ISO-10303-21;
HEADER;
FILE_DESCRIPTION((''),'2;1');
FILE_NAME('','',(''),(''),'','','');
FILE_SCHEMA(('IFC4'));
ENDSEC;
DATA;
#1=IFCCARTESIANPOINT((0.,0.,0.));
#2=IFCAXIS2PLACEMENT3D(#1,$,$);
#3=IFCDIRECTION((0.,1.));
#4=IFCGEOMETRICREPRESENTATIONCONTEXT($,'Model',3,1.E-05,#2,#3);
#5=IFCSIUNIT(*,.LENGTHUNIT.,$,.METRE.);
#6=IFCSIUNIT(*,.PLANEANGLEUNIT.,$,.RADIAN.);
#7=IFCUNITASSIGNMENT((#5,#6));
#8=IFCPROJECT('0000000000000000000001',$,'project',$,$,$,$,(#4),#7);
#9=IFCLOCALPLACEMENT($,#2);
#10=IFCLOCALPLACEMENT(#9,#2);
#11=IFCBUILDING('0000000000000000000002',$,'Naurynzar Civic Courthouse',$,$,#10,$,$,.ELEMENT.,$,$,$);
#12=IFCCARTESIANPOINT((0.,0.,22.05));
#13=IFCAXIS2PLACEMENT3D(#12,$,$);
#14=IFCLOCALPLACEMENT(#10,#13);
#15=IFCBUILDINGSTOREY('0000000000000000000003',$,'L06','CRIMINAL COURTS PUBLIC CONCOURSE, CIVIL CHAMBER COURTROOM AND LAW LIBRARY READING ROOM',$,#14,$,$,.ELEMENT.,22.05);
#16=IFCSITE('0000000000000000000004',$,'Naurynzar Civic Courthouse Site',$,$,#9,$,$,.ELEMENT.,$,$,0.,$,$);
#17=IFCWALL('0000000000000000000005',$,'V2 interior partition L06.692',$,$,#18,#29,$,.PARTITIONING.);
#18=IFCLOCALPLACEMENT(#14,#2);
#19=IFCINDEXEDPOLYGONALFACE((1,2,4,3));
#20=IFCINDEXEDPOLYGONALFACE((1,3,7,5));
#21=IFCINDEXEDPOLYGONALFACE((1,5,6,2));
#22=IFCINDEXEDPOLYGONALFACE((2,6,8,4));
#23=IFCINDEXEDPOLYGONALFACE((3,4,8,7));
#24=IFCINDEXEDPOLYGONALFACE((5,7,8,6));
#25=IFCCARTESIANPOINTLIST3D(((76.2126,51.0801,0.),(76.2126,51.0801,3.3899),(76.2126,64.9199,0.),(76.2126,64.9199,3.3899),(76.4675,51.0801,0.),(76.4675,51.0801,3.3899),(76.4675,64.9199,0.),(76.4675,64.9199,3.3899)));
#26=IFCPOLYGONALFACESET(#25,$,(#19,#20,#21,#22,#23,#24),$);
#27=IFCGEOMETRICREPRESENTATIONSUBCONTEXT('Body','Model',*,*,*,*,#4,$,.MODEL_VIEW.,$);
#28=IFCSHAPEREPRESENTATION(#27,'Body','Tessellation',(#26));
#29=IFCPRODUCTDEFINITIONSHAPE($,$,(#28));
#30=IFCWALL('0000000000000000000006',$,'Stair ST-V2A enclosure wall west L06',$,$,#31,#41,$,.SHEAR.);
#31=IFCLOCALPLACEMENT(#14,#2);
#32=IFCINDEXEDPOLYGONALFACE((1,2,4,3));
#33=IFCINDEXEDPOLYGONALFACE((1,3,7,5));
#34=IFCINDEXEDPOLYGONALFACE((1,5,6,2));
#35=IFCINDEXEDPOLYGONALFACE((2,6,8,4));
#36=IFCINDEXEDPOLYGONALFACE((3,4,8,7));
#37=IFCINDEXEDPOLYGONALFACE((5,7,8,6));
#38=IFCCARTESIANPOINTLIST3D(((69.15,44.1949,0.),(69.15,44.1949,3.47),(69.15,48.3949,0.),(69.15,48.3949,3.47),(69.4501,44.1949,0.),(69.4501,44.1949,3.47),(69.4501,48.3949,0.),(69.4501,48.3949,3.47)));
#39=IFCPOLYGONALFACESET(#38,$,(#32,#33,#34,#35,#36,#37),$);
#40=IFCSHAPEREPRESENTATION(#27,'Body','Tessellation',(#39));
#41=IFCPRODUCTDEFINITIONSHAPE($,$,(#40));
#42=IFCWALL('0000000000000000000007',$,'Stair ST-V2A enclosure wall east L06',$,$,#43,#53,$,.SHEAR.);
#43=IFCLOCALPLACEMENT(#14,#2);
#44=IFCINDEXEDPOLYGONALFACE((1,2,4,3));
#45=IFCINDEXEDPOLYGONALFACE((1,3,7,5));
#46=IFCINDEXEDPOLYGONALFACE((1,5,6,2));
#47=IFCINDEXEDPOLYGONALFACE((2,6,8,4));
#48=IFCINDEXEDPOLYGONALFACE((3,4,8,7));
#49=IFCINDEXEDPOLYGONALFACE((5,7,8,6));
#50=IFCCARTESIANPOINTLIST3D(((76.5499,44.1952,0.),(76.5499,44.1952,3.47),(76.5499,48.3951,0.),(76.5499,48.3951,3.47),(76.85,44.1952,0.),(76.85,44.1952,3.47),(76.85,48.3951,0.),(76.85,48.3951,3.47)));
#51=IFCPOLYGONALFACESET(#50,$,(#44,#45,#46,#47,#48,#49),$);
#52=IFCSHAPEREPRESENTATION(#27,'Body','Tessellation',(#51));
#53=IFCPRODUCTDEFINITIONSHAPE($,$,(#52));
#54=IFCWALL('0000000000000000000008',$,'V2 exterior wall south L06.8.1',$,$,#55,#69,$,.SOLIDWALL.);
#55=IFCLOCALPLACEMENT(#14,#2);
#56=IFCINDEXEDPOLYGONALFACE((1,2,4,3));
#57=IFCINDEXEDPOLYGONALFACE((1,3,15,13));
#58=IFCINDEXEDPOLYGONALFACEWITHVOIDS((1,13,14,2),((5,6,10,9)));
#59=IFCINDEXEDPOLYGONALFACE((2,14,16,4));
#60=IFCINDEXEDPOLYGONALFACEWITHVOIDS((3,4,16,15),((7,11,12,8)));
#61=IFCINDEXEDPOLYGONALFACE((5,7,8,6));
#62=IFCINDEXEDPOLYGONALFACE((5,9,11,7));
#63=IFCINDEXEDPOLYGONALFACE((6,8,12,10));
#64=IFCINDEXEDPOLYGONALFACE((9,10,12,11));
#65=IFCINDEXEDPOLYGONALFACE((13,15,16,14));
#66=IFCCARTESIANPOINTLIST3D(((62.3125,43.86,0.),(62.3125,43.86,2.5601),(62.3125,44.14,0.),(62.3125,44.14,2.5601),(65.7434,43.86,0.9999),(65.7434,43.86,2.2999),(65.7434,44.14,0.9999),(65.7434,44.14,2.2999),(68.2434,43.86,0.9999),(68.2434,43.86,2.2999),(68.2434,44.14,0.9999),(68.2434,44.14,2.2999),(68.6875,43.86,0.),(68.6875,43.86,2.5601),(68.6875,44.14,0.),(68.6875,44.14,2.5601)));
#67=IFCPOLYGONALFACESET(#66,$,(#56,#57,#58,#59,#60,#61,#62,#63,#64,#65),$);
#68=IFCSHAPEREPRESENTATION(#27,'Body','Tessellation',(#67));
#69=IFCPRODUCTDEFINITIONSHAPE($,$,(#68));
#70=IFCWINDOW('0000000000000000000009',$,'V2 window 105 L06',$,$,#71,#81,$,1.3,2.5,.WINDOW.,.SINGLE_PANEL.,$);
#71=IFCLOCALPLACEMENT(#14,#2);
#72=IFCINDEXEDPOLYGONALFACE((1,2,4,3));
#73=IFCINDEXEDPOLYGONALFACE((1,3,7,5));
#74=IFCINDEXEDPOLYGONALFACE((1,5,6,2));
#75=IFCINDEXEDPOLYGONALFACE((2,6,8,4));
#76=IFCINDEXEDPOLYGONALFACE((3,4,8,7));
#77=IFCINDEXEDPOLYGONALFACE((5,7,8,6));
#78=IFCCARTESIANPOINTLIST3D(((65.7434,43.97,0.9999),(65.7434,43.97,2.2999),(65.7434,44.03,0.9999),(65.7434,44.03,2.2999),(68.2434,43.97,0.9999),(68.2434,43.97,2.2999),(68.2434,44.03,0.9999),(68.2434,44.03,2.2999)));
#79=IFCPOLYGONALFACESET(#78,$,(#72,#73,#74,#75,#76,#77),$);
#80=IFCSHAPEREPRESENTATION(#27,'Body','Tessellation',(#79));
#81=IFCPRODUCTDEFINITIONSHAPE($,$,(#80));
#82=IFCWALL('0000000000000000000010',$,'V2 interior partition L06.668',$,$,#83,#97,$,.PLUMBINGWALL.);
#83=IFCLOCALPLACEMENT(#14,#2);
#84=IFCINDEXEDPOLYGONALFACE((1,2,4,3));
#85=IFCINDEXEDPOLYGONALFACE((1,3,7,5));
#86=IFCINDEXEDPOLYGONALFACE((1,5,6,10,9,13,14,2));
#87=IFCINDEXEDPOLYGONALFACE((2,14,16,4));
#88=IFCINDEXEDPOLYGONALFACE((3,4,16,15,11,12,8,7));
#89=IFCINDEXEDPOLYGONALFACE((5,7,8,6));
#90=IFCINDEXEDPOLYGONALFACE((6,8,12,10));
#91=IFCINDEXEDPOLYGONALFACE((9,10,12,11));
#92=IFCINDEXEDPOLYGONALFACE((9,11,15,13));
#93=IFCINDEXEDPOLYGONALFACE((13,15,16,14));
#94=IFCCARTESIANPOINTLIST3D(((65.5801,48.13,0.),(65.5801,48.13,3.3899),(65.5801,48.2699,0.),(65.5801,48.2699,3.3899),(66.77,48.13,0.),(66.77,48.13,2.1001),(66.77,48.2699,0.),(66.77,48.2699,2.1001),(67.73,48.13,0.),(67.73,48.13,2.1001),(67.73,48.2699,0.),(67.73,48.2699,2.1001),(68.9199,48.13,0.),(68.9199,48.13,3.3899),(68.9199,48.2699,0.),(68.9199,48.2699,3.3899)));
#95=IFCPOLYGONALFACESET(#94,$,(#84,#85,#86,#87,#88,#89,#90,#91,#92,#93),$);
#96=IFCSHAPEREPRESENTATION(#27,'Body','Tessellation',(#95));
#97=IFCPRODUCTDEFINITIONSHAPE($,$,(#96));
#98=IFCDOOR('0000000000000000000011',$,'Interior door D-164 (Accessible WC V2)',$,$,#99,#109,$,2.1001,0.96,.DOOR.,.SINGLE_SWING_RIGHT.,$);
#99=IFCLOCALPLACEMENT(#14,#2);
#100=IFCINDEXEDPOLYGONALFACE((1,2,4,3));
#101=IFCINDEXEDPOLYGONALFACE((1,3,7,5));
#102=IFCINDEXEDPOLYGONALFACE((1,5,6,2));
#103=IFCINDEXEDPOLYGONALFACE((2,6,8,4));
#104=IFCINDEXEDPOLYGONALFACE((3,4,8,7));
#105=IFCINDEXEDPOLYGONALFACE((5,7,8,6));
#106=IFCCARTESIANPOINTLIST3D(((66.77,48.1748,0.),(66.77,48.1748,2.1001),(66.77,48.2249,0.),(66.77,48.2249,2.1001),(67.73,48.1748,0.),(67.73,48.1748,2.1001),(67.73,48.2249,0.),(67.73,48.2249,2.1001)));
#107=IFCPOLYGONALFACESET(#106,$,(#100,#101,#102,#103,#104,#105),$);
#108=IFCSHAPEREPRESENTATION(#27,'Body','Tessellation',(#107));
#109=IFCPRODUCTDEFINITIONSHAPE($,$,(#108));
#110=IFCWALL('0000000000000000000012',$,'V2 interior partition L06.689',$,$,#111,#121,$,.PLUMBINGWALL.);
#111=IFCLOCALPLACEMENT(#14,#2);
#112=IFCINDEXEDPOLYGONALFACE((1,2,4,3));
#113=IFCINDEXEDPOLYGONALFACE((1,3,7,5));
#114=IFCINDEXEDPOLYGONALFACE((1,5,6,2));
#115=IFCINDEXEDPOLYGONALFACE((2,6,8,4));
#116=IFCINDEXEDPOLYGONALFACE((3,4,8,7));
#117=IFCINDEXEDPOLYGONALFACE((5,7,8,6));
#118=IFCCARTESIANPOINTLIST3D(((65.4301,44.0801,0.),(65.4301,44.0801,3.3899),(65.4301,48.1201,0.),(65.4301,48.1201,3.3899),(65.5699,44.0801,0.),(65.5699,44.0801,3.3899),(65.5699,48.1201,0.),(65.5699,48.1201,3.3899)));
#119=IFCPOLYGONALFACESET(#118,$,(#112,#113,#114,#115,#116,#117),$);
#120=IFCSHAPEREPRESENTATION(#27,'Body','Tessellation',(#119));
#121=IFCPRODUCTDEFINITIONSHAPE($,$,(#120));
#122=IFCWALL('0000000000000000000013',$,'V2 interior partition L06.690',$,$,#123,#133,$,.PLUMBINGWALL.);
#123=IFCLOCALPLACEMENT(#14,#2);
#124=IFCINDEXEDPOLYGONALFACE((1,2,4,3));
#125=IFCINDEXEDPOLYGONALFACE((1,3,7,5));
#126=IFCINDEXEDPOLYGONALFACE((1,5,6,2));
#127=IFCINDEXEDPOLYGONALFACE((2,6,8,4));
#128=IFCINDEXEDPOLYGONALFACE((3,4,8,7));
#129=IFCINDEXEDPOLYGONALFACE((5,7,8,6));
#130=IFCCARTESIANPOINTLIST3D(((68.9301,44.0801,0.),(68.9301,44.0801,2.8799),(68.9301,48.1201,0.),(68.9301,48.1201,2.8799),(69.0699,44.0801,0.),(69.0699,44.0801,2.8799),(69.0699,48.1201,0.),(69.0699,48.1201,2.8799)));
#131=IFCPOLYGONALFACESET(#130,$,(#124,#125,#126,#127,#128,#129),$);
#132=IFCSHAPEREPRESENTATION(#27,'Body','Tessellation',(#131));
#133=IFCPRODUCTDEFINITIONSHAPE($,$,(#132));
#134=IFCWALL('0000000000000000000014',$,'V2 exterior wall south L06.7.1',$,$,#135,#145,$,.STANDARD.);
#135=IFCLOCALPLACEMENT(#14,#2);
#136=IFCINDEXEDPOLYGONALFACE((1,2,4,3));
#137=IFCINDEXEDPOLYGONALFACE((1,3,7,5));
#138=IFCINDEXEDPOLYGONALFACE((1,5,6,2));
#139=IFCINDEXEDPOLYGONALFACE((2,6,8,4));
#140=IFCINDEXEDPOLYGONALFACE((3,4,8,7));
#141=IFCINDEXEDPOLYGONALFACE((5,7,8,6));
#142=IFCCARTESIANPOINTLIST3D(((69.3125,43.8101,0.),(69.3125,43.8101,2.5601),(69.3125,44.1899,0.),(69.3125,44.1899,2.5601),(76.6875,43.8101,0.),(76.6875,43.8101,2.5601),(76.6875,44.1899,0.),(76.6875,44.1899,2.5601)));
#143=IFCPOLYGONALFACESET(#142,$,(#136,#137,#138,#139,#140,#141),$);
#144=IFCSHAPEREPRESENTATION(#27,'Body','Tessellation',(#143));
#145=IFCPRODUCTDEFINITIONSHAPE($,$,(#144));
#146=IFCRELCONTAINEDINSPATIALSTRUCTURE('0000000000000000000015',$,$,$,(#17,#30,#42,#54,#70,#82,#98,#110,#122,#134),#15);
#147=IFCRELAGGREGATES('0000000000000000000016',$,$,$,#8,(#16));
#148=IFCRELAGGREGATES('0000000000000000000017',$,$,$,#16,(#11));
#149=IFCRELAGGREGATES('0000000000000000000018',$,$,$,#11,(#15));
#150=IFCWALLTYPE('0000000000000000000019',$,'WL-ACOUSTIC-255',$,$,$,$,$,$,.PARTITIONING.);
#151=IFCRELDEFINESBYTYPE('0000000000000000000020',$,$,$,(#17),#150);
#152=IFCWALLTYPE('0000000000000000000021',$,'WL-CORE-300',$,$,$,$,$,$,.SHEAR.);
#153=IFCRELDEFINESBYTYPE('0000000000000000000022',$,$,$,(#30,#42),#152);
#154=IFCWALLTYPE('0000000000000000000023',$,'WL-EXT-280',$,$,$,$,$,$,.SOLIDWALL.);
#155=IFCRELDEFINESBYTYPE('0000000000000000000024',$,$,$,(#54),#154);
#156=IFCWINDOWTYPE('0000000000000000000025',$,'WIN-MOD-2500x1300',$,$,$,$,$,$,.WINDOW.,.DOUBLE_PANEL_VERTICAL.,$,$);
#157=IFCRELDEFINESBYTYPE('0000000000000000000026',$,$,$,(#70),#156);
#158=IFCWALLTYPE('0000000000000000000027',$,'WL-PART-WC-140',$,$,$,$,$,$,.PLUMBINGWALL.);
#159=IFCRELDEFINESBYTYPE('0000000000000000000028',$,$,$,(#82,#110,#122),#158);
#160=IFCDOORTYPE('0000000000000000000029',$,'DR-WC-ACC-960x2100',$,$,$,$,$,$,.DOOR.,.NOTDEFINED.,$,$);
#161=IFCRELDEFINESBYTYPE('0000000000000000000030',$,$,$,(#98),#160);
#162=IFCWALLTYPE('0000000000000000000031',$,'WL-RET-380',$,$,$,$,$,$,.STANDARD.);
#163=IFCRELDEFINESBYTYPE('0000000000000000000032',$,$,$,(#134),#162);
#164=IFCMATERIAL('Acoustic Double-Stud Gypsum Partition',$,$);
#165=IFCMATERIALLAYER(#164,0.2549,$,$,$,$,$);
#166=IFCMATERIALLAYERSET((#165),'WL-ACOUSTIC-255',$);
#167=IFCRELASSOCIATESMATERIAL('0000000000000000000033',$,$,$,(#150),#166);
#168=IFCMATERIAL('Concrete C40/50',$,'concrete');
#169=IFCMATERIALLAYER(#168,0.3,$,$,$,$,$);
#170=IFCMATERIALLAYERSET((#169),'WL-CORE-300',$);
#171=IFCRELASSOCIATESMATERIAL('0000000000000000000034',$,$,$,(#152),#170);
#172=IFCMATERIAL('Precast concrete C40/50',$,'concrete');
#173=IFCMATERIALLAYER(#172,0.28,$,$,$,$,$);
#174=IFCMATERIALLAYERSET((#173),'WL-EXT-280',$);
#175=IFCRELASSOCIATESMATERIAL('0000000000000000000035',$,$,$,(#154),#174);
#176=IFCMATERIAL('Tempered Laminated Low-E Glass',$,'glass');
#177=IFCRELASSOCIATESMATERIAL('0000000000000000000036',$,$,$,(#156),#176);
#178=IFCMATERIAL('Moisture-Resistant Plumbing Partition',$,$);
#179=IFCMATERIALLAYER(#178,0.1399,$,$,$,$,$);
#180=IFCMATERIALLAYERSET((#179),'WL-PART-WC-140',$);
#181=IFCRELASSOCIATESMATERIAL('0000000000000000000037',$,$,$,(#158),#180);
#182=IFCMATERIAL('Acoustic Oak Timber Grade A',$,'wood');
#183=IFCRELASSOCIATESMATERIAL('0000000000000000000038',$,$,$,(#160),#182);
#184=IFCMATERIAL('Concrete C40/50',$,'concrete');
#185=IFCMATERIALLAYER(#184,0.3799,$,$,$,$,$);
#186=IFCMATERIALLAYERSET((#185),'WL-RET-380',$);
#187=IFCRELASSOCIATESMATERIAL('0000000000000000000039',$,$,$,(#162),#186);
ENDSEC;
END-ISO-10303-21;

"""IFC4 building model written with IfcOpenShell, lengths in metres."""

from ifc_helpers import new_model, si_unit, direction, frame, frame_2d, origin, place, context, subcontext, project, spatial, rectangle, extrude, material, layer, layer_set, type_object, element, fill, save


model = new_model("IFC4")

# Units and contexts
model_context = context("Model", 3, precision=1e-05, world=origin(), true_north=direction((0.0, 1.0)))
body_context = subcontext(model_context, "Body", "Model", "MODEL_VIEW")
ifc_project = project(units=[si_unit("LENGTHUNIT", "METRE"), si_unit("PLANEANGLEUNIT", "RADIAN")], contexts=[model_context])

# Site, building, storey
site_placement = place(None, origin())
site = spatial("IfcSite", under=ifc_project, at=site_placement, Name="Naurynzar Civic Courthouse Site", CompositionType="ELEMENT", RefElevation=0.0)
building_placement = place(site_placement, origin())
building = spatial("IfcBuilding", under=site, at=building_placement, Name="Naurynzar Civic Courthouse", CompositionType="ELEMENT")
storey_placement = place(building_placement, frame((0.0, 0.0, 22.05)))
storey = spatial("IfcBuildingStorey", under=building, at=storey_placement, Name="L06", Description="CRIMINAL COURTS PUBLIC CONCOURSE, CIVIL CHAMBER COURTROOM AND LAW LIBRARY READING ROOM", CompositionType="ELEMENT", Elevation=22.05)

# Wall
ifc_material_1 = material(Name="Acoustic Double-Stud Gypsum Partition")
ifc_layer_1 = layer(ifc_material_1, 0.2549)
ifc_layer_set_1 = layer_set([ifc_layer_1], Name="WL-ACOUSTIC-255")
wall_type_1 = type_object("IfcWallType", Name="WL-ACOUSTIC-255", PredefinedType="PARTITIONING", material=ifc_layer_set_1)
wall_1_placement = place(storey_placement, frame((76.3401, 51.0801, 0.0), z_axis=(0.0, 0.0, 1.0), x_axis=(0.0, 1.0, 0.0)))
element("IfcWall", 1, at=wall_1_placement, inside=storey, type_object=wall_type_1, Name="V2 interior partition L06.692", PredefinedType="PARTITIONING", context=body_context, shape_type="SweptSolid", body=[
    extrude(rectangle(XDim=13.8398, YDim=0.2549, at=frame_2d((6.9199, 0.0))), origin(), (0.0, 0.0, 1.0), 3.3899),
])

# Shared definitions
ifc_material_2 = material(Name="Concrete C40/50", Category="concrete")
ifc_layer_2 = layer(ifc_material_2, 0.3)
ifc_layer_set_2 = layer_set([ifc_layer_2], Name="WL-CORE-300")
wall_type_2 = type_object("IfcWallType", Name="WL-CORE-300", PredefinedType="SHEAR", material=ifc_layer_set_2)

# Walls
for number, where, z_axis, x_axis, name in (
    (2, (69.3, 48.395, 0.0), (0.0, 0.0, 1.0), (0.0, -1.0, 0.0), "Stair ST-V2A enclosure wall west L06"),
    (3, (76.7, 44.1951, 0.0), (0.0, 0.0, 1.0), (0.0, 1.0, 0.0), "Stair ST-V2A enclosure wall east L06"),
):
    element("IfcWall", number, at=place(storey_placement, frame(where, z_axis=z_axis, x_axis=x_axis)), inside=storey, type_object=wall_type_2, Name=name, PredefinedType="SHEAR", context=body_context, shape_type="SweptSolid", body=[
        extrude(rectangle(XDim=4.2, YDim=0.3, at=frame_2d((2.1001, 0.0))), origin(), (0.0, 0.0, 1.0), 3.47),
    ])

# Wall, opening, window
ifc_material_3 = material(Name="Precast concrete C40/50", Category="concrete")
ifc_layer_3 = layer(ifc_material_3, 0.28)
ifc_layer_set_3 = layer_set([ifc_layer_3], Name="WL-EXT-280")
wall_type_3 = type_object("IfcWallType", Name="WL-EXT-280", PredefinedType="SOLIDWALL", material=ifc_layer_set_3)
wall_2_placement = place(storey_placement, frame((68.6875, 44.0, 0.0), z_axis=(0.0, 0.0, 1.0), x_axis=(-1.0, 0.0, 0.0)))
wall_2 = element("IfcWall", 4, at=wall_2_placement, inside=storey, type_object=wall_type_3, Name="V2 exterior wall south L06.8.1", PredefinedType="SOLIDWALL", context=body_context, shape_type="SweptSolid", body=[
    extrude(rectangle(XDim=6.375, YDim=0.28, at=frame_2d((3.1875, 0.0))), origin(), (0.0, 0.0, 1.0), 2.5601),
])
opening_1_placement = place(wall_2_placement, frame((0.4441, 0.0, 1.0)))
opening_1 = element("IfcOpeningElement", 5, at=opening_1_placement, cuts=wall_2, PredefinedType="OPENING", context=body_context, shape_type="SweptSolid", body=[
    extrude(rectangle(XDim=2.5, YDim=1.3, at=frame_2d((1.25, 0.6499))), frame((0.0, 0.1499, 0.0), z_axis=(0.0, -1.0, 0.0), x_axis=(1.0, 0.0, 0.0)), (0.0, 0.0, 1.0), 0.3),
])
ifc_material_4 = material(Name="Tempered Laminated Low-E Glass", Category="glass")
window_type = type_object("IfcWindowType", Name="WIN-MOD-2500x1300", PartitioningType="DOUBLE_PANEL_VERTICAL", PredefinedType="WINDOW", material=ifc_material_4)
window_placement = place(opening_1_placement, origin())
window = element("IfcWindow", 6, at=window_placement, inside=storey, type_object=window_type, Name="V2 window 105 L06", OverallHeight=1.3, OverallWidth=2.5, PartitioningType="SINGLE_PANEL", PredefinedType="WINDOW", context=body_context, shape_type="SweptSolid", body=[
    extrude(rectangle(XDim=2.5, YDim=1.3, at=frame_2d((1.25, 0.6499))), frame((0.0, 0.03, 0.0), z_axis=(0.0, -1.0, 0.0), x_axis=(1.0, 0.0, 0.0)), (0.0, 0.0, 1.0), 0.0601),
])
fill(opening_1, window)

# Wall, opening, door
ifc_material_5 = material(Name="Moisture-Resistant Plumbing Partition")
ifc_layer_4 = layer(ifc_material_5, 0.1399)
ifc_layer_set_4 = layer_set([ifc_layer_4], Name="WL-PART-WC-140")
wall_type_4 = type_object("IfcWallType", Name="WL-PART-WC-140", PredefinedType="PLUMBINGWALL", material=ifc_layer_set_4)
wall_3_placement = place(storey_placement, frame((65.5801, 48.2, 0.0), z_axis=(0.0, 0.0, 1.0), x_axis=(1.0, 0.0, 0.0)))
wall_3 = element("IfcWall", 7, at=wall_3_placement, inside=storey, type_object=wall_type_4, Name="V2 interior partition L06.668", PredefinedType="PLUMBINGWALL", context=body_context, shape_type="SweptSolid", body=[
    extrude(rectangle(XDim=3.3398, YDim=0.1399, at=frame_2d((1.6699, 0.0))), origin(), (0.0, 0.0, 1.0), 3.3899),
])
opening_2_placement = place(wall_3_placement, frame((1.1899, 0.0, 0.0)))
opening_2 = element("IfcOpeningElement", 8, at=opening_2_placement, cuts=wall_3, PredefinedType="OPENING", context=body_context, shape_type="SweptSolid", body=[
    extrude(rectangle(XDim=0.96, YDim=2.1001, at=frame_2d((0.48, 1.05))), frame((0.0, 0.0798, 0.0), z_axis=(0.0, -1.0, 0.0), x_axis=(1.0, 0.0, 0.0)), (0.0, 0.0, 1.0), 0.1599),
])
ifc_material_6 = material(Name="Acoustic Oak Timber Grade A", Category="wood")
door_type_1 = type_object("IfcDoorType", Name="DR-WC-ACC-960x2100", OperationType="NOTDEFINED", PredefinedType="DOOR", material=ifc_material_6)
door_1_placement = place(opening_2_placement, origin())
door_1 = element("IfcDoor", 9, at=door_1_placement, inside=storey, type_object=door_type_1, Name="Interior door D-164 (Accessible WC V2)", OperationType="SINGLE_SWING_RIGHT", OverallHeight=2.1001, OverallWidth=0.96, PredefinedType="DOOR", context=body_context, shape_type="SweptSolid", body=[
    extrude(rectangle(XDim=0.96, YDim=2.1001, at=frame_2d((0.48, 1.05))), frame((0.0, 0.0249, 0.0), z_axis=(0.0, -1.0, 0.0), x_axis=(1.0, 0.0, 0.0)), (0.0, 0.0, 1.0), 0.05),
])
fill(opening_2, door_1)

# Walls
wall_4_placement = place(storey_placement, frame((65.5, 44.0801, 0.0), z_axis=(0.0, 0.0, 1.0), x_axis=(0.0, 1.0, 0.0)))
element("IfcWall", 10, at=wall_4_placement, inside=storey, type_object=wall_type_4, Name="V2 interior partition L06.689", PredefinedType="PLUMBINGWALL", context=body_context, shape_type="SweptSolid", body=[
    extrude(rectangle(XDim=4.04, YDim=0.1399, at=frame_2d((2.02, 0.0))), origin(), (0.0, 0.0, 1.0), 3.3899),
])
wall_5_placement = place(storey_placement, frame((69.0, 44.0801, 0.0), z_axis=(0.0, 0.0, 1.0), x_axis=(0.0, 1.0, 0.0)))
element("IfcWall", 11, at=wall_5_placement, inside=storey, type_object=wall_type_4, Name="V2 interior partition L06.690", PredefinedType="PLUMBINGWALL", context=body_context, shape_type="SweptSolid", body=[
    extrude(rectangle(XDim=4.04, YDim=0.1399, at=frame_2d((2.02, 0.0))), origin(), (0.0, 0.0, 1.0), 2.8799),
])
ifc_material_7 = material(Name="Concrete C40/50", Category="concrete")
ifc_layer_5 = layer(ifc_material_7, 0.3799)
ifc_layer_set_5 = layer_set([ifc_layer_5], Name="WL-RET-380")
wall_type_5 = type_object("IfcWallType", Name="WL-RET-380", PredefinedType="STANDARD", material=ifc_layer_set_5)
wall_6_placement = place(storey_placement, frame((76.6875, 44.0, 0.0), z_axis=(0.0, 0.0, 1.0), x_axis=(-1.0, 0.0, 0.0)))
element("IfcWall", 12, at=wall_6_placement, inside=storey, type_object=wall_type_5, Name="V2 exterior wall south L06.7.1", PredefinedType="STANDARD", context=body_context, shape_type="SweptSolid", body=[
    extrude(rectangle(XDim=7.375, YDim=0.3799, at=frame_2d((3.6875, 0.0))), origin(), (0.0, 0.0, 1.0), 2.5601),
])

save(model, "model.ifc")
